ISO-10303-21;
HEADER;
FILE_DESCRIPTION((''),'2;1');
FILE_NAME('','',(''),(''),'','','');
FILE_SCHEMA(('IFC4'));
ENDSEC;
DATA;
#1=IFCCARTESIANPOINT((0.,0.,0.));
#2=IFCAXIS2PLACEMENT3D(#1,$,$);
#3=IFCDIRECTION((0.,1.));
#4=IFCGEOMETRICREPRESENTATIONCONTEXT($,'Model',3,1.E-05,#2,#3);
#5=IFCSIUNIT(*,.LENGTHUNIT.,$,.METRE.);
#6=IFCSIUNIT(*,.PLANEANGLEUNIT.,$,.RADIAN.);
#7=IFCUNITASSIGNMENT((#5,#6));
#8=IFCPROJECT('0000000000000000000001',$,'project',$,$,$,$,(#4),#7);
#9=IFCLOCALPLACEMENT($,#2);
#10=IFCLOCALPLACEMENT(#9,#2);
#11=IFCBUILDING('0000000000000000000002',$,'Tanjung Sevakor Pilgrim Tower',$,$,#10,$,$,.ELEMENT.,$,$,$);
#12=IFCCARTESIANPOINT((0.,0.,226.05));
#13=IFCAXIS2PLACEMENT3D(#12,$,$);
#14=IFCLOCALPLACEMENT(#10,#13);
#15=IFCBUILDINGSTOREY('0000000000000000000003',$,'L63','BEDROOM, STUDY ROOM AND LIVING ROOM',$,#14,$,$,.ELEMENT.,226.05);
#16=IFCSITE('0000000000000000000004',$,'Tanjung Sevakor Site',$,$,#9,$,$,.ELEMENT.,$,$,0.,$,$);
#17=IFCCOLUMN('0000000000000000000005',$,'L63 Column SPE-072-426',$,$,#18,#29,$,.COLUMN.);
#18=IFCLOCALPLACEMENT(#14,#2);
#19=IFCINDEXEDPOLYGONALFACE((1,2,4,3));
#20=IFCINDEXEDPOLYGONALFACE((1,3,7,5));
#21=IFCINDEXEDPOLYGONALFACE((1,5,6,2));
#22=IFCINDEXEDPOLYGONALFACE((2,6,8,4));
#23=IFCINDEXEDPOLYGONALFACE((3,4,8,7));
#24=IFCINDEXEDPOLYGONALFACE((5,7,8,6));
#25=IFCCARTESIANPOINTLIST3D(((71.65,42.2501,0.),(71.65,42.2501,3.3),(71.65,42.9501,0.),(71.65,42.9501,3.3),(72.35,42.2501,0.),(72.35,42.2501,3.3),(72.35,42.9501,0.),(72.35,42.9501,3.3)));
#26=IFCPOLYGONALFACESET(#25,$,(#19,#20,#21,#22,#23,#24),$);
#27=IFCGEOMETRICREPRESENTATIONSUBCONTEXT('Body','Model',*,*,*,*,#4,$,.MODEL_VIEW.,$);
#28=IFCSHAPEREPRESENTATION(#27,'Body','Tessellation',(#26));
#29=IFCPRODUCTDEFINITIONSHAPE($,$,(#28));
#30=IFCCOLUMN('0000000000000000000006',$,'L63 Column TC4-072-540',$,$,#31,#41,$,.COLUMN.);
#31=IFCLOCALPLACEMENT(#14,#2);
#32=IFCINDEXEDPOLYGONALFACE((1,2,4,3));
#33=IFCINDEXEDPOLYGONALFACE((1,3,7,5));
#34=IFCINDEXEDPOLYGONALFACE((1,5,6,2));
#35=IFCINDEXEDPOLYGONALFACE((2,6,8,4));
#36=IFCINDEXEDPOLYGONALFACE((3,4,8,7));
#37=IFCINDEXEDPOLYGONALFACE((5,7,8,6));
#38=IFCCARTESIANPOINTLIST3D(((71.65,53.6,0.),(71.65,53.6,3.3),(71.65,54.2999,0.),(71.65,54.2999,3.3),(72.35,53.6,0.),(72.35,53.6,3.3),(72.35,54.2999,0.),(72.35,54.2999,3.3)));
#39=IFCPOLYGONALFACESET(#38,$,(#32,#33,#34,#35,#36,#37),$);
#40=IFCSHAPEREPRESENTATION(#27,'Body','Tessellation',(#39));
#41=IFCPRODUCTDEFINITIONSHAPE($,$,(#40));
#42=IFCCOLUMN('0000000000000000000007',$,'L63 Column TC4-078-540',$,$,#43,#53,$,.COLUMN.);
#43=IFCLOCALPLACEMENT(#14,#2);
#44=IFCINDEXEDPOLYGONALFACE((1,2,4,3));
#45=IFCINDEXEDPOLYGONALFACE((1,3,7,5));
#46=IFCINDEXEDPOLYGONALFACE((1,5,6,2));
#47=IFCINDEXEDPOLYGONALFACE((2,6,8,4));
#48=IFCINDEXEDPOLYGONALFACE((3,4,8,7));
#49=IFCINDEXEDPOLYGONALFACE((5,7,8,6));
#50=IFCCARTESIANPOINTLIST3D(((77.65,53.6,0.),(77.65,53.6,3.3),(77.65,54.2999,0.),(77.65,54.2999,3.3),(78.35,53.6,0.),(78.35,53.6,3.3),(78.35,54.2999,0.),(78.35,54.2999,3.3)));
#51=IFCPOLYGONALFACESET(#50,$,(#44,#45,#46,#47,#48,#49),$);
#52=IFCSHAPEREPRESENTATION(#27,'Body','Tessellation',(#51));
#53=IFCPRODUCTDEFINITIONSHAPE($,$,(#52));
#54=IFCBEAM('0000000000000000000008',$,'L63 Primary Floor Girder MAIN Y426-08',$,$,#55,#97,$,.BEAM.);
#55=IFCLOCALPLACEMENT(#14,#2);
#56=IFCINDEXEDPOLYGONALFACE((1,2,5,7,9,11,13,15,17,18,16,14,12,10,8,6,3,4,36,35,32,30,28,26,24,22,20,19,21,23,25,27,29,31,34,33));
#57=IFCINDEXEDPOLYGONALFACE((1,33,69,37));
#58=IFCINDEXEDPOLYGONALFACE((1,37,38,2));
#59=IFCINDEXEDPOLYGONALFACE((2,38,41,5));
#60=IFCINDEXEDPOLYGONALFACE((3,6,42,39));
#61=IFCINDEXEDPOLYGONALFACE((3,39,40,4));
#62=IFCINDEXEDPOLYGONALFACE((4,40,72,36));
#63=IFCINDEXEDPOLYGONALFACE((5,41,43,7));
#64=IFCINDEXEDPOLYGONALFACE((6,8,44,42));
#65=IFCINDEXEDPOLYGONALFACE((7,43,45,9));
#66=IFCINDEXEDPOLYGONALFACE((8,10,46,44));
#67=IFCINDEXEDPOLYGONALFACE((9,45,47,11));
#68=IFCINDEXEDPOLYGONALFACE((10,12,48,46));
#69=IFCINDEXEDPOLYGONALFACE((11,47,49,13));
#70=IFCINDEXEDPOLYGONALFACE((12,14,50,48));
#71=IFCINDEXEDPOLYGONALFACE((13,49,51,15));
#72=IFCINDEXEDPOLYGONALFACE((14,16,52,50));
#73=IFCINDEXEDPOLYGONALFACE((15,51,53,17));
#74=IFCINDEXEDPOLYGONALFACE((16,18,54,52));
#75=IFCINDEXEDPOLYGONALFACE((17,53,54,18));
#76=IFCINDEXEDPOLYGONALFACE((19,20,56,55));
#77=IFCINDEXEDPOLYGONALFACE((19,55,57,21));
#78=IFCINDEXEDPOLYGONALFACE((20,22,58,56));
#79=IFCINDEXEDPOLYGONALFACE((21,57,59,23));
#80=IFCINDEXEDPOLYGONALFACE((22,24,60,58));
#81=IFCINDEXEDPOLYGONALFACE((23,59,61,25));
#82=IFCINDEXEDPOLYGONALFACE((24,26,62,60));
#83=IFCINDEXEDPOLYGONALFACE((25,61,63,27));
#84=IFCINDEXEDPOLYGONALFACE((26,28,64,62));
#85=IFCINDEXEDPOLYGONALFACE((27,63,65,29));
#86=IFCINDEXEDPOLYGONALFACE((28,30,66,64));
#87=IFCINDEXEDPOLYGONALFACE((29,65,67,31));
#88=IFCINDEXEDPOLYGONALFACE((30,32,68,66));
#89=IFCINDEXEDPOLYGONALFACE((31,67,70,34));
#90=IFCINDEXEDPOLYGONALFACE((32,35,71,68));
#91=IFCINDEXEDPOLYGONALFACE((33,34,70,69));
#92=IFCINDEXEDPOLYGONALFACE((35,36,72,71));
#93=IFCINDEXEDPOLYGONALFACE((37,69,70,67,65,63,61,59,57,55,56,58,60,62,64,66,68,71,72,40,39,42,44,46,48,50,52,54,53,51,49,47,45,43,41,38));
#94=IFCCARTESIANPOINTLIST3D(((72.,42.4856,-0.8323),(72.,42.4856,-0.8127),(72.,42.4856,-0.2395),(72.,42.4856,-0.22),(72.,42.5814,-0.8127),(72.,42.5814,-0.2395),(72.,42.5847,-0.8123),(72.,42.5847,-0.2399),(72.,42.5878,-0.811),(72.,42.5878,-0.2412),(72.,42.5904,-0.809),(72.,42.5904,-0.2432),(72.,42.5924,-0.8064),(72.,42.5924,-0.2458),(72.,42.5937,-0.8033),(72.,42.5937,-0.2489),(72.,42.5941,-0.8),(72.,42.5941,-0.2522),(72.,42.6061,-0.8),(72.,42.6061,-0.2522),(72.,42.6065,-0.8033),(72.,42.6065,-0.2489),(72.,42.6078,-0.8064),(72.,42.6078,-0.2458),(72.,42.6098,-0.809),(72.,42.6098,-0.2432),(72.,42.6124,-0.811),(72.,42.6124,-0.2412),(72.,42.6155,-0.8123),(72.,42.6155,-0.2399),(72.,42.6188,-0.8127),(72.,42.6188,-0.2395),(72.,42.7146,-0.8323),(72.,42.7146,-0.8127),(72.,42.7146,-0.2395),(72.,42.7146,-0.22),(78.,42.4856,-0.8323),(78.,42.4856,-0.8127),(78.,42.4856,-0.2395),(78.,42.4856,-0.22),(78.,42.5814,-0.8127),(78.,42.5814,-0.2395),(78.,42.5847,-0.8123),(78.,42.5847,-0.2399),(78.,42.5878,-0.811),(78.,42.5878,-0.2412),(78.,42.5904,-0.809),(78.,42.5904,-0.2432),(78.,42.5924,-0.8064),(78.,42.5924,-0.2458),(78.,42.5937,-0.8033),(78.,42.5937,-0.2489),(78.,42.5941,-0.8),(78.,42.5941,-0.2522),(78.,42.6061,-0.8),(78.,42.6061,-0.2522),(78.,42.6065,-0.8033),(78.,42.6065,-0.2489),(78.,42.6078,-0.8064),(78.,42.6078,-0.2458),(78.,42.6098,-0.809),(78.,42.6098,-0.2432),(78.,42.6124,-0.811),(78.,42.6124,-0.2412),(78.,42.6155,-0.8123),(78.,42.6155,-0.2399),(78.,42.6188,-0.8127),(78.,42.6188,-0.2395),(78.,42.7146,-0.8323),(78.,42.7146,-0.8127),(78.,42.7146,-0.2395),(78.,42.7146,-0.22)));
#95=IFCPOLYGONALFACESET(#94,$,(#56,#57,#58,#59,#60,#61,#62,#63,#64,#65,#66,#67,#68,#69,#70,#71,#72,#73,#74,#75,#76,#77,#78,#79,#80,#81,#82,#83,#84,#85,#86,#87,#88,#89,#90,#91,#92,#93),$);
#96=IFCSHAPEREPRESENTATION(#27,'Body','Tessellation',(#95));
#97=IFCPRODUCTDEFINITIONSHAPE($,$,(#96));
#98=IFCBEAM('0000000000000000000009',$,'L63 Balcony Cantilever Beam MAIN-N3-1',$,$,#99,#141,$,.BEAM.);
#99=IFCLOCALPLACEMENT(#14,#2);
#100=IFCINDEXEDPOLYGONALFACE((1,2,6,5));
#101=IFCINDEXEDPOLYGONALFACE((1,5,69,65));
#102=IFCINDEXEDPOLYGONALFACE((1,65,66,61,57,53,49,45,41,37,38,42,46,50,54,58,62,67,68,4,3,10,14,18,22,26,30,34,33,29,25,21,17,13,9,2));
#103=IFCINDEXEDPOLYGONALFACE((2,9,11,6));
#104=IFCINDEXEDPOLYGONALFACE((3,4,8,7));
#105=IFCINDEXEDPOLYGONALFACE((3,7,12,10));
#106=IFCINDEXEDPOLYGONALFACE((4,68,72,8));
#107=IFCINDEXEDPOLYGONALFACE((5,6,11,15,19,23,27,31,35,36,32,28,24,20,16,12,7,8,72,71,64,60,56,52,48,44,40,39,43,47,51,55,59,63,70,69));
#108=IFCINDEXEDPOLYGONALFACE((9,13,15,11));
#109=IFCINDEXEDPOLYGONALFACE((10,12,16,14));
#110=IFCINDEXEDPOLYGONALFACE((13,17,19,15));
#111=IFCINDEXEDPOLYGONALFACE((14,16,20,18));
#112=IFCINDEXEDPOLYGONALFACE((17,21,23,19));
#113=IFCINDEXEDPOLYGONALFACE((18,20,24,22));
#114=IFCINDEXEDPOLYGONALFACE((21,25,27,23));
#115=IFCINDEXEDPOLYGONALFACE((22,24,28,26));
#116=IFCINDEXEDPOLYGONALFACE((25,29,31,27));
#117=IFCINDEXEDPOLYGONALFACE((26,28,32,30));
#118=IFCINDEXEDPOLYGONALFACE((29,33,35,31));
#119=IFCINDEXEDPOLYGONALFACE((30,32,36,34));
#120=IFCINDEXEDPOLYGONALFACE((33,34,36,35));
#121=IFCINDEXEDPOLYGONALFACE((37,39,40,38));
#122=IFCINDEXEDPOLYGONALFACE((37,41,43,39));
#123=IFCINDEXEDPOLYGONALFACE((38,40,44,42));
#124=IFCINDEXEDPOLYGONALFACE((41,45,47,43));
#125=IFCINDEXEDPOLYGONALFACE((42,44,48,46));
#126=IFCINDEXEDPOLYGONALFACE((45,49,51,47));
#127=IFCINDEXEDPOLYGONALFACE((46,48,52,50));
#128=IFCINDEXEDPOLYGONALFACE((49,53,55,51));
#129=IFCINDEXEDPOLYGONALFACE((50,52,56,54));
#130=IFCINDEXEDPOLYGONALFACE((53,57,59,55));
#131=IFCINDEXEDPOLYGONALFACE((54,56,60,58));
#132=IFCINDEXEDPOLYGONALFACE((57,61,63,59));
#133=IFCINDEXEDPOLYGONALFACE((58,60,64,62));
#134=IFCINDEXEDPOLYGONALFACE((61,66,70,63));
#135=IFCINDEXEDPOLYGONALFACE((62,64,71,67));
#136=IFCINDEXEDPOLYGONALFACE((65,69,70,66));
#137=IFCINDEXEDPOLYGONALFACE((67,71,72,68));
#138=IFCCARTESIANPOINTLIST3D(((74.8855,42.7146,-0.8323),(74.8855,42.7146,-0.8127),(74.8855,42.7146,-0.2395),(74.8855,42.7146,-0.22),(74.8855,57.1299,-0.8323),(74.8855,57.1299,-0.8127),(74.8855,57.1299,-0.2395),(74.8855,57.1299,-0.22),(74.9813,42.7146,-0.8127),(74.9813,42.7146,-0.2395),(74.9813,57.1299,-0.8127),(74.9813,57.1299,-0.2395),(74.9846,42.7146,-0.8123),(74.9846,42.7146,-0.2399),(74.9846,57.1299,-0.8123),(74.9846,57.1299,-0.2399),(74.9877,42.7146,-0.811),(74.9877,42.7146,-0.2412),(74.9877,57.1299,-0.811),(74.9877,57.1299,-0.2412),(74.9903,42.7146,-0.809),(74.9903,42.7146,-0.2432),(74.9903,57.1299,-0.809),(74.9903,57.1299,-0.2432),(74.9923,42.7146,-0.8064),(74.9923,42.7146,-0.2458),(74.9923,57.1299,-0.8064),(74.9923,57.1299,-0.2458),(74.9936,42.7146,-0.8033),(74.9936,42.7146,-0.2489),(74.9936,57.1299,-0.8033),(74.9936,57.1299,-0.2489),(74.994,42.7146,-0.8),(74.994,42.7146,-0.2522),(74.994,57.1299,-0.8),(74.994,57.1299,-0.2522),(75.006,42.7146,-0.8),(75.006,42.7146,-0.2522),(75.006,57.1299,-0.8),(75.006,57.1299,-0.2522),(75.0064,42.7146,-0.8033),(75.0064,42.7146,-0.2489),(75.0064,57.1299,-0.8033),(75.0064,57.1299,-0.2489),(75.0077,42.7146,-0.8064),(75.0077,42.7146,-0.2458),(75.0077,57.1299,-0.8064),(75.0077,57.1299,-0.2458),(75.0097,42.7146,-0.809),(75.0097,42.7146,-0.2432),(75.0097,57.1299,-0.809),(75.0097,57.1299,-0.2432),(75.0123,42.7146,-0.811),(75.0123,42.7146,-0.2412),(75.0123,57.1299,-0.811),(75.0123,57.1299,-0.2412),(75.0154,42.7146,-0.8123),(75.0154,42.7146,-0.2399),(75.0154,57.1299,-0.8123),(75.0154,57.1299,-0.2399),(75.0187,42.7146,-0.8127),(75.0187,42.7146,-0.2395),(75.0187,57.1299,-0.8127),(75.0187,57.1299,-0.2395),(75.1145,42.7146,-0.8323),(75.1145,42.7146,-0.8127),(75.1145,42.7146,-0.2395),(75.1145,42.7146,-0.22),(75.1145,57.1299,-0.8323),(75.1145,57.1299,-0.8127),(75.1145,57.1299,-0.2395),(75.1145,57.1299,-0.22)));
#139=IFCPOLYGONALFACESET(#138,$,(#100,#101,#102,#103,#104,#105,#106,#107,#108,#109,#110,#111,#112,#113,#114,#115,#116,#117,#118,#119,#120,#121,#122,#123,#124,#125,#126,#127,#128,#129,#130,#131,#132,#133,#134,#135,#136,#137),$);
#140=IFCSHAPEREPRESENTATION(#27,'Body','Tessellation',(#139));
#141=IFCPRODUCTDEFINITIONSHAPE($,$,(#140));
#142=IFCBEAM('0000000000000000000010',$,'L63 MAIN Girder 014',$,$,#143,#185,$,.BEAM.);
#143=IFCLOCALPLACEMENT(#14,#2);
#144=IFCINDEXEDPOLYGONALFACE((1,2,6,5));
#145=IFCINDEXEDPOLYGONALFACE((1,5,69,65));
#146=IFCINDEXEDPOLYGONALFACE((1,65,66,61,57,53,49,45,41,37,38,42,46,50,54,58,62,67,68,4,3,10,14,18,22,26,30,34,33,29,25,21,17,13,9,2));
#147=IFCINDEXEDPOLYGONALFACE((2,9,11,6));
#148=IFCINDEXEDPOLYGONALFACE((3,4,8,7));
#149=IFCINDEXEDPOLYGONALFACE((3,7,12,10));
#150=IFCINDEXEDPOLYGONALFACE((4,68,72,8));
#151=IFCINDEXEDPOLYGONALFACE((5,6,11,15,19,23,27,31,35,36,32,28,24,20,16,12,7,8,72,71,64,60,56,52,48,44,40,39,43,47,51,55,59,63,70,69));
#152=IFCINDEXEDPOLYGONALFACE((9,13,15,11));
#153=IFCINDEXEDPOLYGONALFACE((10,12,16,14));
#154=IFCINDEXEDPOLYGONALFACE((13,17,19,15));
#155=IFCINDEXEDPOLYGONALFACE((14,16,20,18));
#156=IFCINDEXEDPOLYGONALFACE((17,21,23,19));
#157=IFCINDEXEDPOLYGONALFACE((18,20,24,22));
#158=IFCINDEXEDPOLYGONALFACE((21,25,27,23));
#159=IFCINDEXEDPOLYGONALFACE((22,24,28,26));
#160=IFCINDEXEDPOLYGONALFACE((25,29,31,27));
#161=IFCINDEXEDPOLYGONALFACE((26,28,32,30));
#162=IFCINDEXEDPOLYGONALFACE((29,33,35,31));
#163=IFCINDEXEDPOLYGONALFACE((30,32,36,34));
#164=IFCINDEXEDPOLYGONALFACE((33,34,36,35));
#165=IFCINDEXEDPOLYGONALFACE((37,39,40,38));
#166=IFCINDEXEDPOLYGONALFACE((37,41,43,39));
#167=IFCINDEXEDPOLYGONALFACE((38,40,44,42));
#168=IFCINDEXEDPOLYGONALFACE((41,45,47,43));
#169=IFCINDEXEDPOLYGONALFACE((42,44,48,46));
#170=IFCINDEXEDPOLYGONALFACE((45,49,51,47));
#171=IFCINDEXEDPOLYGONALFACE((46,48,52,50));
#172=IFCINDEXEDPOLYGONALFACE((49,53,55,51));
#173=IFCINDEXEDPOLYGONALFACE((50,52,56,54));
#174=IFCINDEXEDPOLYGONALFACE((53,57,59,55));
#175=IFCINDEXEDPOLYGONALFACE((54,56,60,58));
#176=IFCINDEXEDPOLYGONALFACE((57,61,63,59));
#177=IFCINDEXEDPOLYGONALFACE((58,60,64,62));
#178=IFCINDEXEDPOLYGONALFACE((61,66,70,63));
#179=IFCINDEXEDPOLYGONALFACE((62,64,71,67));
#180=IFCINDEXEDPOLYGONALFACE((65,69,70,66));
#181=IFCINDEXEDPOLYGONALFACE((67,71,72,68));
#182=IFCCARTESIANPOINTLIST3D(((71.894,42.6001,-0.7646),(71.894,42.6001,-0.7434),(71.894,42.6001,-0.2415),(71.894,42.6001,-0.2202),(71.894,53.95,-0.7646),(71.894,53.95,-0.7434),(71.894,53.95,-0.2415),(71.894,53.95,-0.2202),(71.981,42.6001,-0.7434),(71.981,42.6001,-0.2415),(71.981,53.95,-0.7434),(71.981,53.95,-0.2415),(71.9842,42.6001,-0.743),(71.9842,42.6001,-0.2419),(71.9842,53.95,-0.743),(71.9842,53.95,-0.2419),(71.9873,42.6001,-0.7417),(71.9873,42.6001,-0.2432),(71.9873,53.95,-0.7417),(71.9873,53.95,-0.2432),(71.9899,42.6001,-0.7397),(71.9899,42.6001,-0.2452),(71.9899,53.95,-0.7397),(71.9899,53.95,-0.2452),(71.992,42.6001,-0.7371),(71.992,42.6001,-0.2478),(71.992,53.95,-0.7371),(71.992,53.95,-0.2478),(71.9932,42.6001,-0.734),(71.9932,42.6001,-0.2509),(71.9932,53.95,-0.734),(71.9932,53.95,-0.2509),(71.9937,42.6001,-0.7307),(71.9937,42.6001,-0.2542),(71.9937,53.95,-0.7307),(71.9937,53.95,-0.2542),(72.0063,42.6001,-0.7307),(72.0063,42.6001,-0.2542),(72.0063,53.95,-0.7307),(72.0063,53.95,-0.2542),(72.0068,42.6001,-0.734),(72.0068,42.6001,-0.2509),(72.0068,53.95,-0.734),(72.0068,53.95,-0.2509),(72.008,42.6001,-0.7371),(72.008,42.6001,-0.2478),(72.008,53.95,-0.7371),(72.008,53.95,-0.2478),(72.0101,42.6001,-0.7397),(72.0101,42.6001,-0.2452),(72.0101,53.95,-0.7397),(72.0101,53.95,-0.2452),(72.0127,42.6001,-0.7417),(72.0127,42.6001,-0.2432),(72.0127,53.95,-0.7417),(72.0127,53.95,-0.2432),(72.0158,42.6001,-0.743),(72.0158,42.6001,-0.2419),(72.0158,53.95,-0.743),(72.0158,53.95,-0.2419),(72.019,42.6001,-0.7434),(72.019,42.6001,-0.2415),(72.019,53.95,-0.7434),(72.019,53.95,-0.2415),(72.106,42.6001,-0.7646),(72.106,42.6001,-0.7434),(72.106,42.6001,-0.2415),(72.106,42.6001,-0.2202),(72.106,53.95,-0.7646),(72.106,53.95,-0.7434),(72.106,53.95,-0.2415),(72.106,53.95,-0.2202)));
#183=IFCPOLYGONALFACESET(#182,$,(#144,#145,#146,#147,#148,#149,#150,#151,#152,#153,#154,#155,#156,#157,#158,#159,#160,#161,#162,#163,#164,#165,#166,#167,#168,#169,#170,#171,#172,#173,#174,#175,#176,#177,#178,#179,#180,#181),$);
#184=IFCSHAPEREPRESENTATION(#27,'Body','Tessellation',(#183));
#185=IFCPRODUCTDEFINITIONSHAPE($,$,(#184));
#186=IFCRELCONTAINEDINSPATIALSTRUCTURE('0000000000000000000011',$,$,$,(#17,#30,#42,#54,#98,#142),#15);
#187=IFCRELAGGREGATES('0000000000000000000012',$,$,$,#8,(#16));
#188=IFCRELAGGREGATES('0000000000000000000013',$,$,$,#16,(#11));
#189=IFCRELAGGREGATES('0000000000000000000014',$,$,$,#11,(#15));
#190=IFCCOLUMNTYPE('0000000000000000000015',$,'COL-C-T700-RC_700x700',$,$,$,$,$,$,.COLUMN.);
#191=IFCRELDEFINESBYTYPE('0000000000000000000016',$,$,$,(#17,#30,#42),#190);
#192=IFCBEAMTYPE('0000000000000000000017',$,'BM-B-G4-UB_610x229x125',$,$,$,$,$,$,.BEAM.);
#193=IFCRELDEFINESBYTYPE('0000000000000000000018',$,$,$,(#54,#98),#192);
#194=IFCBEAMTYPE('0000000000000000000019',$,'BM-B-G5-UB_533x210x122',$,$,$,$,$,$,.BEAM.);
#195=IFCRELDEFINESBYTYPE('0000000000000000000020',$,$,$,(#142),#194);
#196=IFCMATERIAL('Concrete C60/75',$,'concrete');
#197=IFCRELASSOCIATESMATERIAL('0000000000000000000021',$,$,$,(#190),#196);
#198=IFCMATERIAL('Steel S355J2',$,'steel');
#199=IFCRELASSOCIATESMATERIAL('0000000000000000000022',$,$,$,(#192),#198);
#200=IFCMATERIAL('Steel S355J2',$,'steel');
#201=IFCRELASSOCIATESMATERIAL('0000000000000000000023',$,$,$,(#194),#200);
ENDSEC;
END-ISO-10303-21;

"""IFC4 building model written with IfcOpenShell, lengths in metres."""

from ifc_helpers import new_model, si_unit, direction, frame, origin, origin_2d, place, context, subcontext, project, spatial, rectangle, i_section, extrude, material, material_profile, profile_set, type_object, element, save


model = new_model("IFC4")

# Units and contexts
model_context = context("Model", 3, precision=1e-05, world=origin(), true_north=direction((0.0, 1.0)))
body_context = subcontext(model_context, "Body", "Model", "MODEL_VIEW")
ifc_project = project(units=[si_unit("LENGTHUNIT", "METRE"), si_unit("PLANEANGLEUNIT", "RADIAN")], contexts=[model_context])

# Site, building, storey
site_placement = place(None, origin())
site = spatial("IfcSite", under=ifc_project, at=site_placement, Name="Tanjung Sevakor Site", CompositionType="ELEMENT", RefElevation=0.0)
building_placement = place(site_placement, origin())
building = spatial("IfcBuilding", under=site, at=building_placement, Name="Tanjung Sevakor Pilgrim Tower", CompositionType="ELEMENT")
storey_placement = place(building_placement, frame((0.0, 0.0, 226.05)))
storey = spatial("IfcBuildingStorey", under=building, at=storey_placement, Name="L63", Description="BEDROOM, STUDY ROOM AND LIVING ROOM", CompositionType="ELEMENT", Elevation=226.05)

# Columns
ifc_material_1 = material(Name="Concrete C60/75", Category="concrete")
ifc_material_profile_1 = material_profile(ifc_material_1, rectangle(XDim=0.7, YDim=0.7, at=origin_2d()))
ifc_profile_set_1 = profile_set([ifc_material_profile_1], Name="Concrete C60/75")
column_type = type_object("IfcColumnType", Name="COL-C-T700-RC_700x700", PredefinedType="COLUMN", material=ifc_profile_set_1)
for number, where, z_axis, x_axis, name in (
    (1, (72.0, 42.6001, 0.0), (0.0, 0.0, 1.0), (1.0, 0.0, 0.0), "L63 Column SPE-072-426"),
    (2, (72.0, 53.95, 0.0), (0.0, 0.0, 1.0), (1.0, 0.0, 0.0), "L63 Column TC4-072-540"),
    (3, (78.0, 53.95, 0.0), (0.0, 0.0, 1.0), (1.0, 0.0, 0.0), "L63 Column TC4-078-540"),
):
    element("IfcColumn", number, at=place(storey_placement, frame(where, z_axis=z_axis, x_axis=x_axis)), inside=storey, type_object=column_type, Name=name, PredefinedType="COLUMN", context=body_context, shape_type="SweptSolid", body=[
        extrude(rectangle(XDim=0.7, YDim=0.7, at=origin_2d()), origin(), (0.0, 0.0, 1.0), 3.3),
    ])

# Beams
ifc_material_2 = material(Name="Steel S355J2", Category="steel")
ifc_material_profile_2 = material_profile(ifc_material_2, i_section(OverallWidth=0.229, OverallDepth=0.6123, WebThickness=0.012, FlangeThickness=0.0195, FilletRadius=0.0127, at=origin_2d()))
ifc_profile_set_2 = profile_set([ifc_material_profile_2], Name="Steel S355J2")
beam_type_1 = type_object("IfcBeamType", Name="BM-B-G4-UB_610x229x125", PredefinedType="BEAM", material=ifc_profile_set_2)
beam_1_placement = place(storey_placement, frame((72.0, 42.6001, -0.5261), z_axis=(1.0, 0.0, 0.0), x_axis=(0.0, 1.0, 0.0)))
element("IfcBeam", 4, at=beam_1_placement, inside=storey, type_object=beam_type_1, Name="L63 Primary Floor Girder MAIN Y426-08", PredefinedType="BEAM", context=body_context, shape_type="SweptSolid", body=[
    extrude(i_section(OverallWidth=0.229, OverallDepth=0.6123, WebThickness=0.012, FlangeThickness=0.0195, FilletRadius=0.0127, at=origin_2d()), origin(), (0.0, 0.0, 1.0), 6.0),
])
beam_2_placement = place(storey_placement, frame((75.0, 42.7146, -0.5261), z_axis=(0.0, 1.0, 0.0), x_axis=(-1.0, 0.0, 0.0)))
element("IfcBeam", 5, at=beam_2_placement, inside=storey, type_object=beam_type_1, Name="L63 Balcony Cantilever Beam MAIN-N3-1", PredefinedType="BEAM", context=body_context, shape_type="SweptSolid", body=[
    extrude(i_section(OverallWidth=0.229, OverallDepth=0.6123, WebThickness=0.012, FlangeThickness=0.0195, FilletRadius=0.0127, at=origin_2d()), origin(), (0.0, 0.0, 1.0), 14.4153),
])
ifc_material_3 = material(Name="Steel S355J2", Category="steel")
ifc_material_profile_3 = material_profile(ifc_material_3, i_section(OverallWidth=0.2119, OverallDepth=0.5444, WebThickness=0.0127, FlangeThickness=0.0212, FilletRadius=0.0127, at=origin_2d()))
ifc_profile_set_3 = profile_set([ifc_material_profile_3], Name="Steel S355J2")
beam_type_2 = type_object("IfcBeamType", Name="BM-B-G5-UB_533x210x122", PredefinedType="BEAM", material=ifc_profile_set_3)
beam_3_placement = place(storey_placement, frame((72.0, 42.6001, -0.4924), z_axis=(0.0, 1.0, 0.0), x_axis=(-1.0, 0.0, 0.0)))
element("IfcBeam", 6, at=beam_3_placement, inside=storey, type_object=beam_type_2, Name="L63 MAIN Girder 014", PredefinedType="BEAM", context=body_context, shape_type="SweptSolid", body=[
    extrude(i_section(OverallWidth=0.2119, OverallDepth=0.5444, WebThickness=0.0127, FlangeThickness=0.0212, FilletRadius=0.0127, at=origin_2d()), origin(), (0.0, 0.0, 1.0), 11.3499),
])

save(model, "model.ifc")
